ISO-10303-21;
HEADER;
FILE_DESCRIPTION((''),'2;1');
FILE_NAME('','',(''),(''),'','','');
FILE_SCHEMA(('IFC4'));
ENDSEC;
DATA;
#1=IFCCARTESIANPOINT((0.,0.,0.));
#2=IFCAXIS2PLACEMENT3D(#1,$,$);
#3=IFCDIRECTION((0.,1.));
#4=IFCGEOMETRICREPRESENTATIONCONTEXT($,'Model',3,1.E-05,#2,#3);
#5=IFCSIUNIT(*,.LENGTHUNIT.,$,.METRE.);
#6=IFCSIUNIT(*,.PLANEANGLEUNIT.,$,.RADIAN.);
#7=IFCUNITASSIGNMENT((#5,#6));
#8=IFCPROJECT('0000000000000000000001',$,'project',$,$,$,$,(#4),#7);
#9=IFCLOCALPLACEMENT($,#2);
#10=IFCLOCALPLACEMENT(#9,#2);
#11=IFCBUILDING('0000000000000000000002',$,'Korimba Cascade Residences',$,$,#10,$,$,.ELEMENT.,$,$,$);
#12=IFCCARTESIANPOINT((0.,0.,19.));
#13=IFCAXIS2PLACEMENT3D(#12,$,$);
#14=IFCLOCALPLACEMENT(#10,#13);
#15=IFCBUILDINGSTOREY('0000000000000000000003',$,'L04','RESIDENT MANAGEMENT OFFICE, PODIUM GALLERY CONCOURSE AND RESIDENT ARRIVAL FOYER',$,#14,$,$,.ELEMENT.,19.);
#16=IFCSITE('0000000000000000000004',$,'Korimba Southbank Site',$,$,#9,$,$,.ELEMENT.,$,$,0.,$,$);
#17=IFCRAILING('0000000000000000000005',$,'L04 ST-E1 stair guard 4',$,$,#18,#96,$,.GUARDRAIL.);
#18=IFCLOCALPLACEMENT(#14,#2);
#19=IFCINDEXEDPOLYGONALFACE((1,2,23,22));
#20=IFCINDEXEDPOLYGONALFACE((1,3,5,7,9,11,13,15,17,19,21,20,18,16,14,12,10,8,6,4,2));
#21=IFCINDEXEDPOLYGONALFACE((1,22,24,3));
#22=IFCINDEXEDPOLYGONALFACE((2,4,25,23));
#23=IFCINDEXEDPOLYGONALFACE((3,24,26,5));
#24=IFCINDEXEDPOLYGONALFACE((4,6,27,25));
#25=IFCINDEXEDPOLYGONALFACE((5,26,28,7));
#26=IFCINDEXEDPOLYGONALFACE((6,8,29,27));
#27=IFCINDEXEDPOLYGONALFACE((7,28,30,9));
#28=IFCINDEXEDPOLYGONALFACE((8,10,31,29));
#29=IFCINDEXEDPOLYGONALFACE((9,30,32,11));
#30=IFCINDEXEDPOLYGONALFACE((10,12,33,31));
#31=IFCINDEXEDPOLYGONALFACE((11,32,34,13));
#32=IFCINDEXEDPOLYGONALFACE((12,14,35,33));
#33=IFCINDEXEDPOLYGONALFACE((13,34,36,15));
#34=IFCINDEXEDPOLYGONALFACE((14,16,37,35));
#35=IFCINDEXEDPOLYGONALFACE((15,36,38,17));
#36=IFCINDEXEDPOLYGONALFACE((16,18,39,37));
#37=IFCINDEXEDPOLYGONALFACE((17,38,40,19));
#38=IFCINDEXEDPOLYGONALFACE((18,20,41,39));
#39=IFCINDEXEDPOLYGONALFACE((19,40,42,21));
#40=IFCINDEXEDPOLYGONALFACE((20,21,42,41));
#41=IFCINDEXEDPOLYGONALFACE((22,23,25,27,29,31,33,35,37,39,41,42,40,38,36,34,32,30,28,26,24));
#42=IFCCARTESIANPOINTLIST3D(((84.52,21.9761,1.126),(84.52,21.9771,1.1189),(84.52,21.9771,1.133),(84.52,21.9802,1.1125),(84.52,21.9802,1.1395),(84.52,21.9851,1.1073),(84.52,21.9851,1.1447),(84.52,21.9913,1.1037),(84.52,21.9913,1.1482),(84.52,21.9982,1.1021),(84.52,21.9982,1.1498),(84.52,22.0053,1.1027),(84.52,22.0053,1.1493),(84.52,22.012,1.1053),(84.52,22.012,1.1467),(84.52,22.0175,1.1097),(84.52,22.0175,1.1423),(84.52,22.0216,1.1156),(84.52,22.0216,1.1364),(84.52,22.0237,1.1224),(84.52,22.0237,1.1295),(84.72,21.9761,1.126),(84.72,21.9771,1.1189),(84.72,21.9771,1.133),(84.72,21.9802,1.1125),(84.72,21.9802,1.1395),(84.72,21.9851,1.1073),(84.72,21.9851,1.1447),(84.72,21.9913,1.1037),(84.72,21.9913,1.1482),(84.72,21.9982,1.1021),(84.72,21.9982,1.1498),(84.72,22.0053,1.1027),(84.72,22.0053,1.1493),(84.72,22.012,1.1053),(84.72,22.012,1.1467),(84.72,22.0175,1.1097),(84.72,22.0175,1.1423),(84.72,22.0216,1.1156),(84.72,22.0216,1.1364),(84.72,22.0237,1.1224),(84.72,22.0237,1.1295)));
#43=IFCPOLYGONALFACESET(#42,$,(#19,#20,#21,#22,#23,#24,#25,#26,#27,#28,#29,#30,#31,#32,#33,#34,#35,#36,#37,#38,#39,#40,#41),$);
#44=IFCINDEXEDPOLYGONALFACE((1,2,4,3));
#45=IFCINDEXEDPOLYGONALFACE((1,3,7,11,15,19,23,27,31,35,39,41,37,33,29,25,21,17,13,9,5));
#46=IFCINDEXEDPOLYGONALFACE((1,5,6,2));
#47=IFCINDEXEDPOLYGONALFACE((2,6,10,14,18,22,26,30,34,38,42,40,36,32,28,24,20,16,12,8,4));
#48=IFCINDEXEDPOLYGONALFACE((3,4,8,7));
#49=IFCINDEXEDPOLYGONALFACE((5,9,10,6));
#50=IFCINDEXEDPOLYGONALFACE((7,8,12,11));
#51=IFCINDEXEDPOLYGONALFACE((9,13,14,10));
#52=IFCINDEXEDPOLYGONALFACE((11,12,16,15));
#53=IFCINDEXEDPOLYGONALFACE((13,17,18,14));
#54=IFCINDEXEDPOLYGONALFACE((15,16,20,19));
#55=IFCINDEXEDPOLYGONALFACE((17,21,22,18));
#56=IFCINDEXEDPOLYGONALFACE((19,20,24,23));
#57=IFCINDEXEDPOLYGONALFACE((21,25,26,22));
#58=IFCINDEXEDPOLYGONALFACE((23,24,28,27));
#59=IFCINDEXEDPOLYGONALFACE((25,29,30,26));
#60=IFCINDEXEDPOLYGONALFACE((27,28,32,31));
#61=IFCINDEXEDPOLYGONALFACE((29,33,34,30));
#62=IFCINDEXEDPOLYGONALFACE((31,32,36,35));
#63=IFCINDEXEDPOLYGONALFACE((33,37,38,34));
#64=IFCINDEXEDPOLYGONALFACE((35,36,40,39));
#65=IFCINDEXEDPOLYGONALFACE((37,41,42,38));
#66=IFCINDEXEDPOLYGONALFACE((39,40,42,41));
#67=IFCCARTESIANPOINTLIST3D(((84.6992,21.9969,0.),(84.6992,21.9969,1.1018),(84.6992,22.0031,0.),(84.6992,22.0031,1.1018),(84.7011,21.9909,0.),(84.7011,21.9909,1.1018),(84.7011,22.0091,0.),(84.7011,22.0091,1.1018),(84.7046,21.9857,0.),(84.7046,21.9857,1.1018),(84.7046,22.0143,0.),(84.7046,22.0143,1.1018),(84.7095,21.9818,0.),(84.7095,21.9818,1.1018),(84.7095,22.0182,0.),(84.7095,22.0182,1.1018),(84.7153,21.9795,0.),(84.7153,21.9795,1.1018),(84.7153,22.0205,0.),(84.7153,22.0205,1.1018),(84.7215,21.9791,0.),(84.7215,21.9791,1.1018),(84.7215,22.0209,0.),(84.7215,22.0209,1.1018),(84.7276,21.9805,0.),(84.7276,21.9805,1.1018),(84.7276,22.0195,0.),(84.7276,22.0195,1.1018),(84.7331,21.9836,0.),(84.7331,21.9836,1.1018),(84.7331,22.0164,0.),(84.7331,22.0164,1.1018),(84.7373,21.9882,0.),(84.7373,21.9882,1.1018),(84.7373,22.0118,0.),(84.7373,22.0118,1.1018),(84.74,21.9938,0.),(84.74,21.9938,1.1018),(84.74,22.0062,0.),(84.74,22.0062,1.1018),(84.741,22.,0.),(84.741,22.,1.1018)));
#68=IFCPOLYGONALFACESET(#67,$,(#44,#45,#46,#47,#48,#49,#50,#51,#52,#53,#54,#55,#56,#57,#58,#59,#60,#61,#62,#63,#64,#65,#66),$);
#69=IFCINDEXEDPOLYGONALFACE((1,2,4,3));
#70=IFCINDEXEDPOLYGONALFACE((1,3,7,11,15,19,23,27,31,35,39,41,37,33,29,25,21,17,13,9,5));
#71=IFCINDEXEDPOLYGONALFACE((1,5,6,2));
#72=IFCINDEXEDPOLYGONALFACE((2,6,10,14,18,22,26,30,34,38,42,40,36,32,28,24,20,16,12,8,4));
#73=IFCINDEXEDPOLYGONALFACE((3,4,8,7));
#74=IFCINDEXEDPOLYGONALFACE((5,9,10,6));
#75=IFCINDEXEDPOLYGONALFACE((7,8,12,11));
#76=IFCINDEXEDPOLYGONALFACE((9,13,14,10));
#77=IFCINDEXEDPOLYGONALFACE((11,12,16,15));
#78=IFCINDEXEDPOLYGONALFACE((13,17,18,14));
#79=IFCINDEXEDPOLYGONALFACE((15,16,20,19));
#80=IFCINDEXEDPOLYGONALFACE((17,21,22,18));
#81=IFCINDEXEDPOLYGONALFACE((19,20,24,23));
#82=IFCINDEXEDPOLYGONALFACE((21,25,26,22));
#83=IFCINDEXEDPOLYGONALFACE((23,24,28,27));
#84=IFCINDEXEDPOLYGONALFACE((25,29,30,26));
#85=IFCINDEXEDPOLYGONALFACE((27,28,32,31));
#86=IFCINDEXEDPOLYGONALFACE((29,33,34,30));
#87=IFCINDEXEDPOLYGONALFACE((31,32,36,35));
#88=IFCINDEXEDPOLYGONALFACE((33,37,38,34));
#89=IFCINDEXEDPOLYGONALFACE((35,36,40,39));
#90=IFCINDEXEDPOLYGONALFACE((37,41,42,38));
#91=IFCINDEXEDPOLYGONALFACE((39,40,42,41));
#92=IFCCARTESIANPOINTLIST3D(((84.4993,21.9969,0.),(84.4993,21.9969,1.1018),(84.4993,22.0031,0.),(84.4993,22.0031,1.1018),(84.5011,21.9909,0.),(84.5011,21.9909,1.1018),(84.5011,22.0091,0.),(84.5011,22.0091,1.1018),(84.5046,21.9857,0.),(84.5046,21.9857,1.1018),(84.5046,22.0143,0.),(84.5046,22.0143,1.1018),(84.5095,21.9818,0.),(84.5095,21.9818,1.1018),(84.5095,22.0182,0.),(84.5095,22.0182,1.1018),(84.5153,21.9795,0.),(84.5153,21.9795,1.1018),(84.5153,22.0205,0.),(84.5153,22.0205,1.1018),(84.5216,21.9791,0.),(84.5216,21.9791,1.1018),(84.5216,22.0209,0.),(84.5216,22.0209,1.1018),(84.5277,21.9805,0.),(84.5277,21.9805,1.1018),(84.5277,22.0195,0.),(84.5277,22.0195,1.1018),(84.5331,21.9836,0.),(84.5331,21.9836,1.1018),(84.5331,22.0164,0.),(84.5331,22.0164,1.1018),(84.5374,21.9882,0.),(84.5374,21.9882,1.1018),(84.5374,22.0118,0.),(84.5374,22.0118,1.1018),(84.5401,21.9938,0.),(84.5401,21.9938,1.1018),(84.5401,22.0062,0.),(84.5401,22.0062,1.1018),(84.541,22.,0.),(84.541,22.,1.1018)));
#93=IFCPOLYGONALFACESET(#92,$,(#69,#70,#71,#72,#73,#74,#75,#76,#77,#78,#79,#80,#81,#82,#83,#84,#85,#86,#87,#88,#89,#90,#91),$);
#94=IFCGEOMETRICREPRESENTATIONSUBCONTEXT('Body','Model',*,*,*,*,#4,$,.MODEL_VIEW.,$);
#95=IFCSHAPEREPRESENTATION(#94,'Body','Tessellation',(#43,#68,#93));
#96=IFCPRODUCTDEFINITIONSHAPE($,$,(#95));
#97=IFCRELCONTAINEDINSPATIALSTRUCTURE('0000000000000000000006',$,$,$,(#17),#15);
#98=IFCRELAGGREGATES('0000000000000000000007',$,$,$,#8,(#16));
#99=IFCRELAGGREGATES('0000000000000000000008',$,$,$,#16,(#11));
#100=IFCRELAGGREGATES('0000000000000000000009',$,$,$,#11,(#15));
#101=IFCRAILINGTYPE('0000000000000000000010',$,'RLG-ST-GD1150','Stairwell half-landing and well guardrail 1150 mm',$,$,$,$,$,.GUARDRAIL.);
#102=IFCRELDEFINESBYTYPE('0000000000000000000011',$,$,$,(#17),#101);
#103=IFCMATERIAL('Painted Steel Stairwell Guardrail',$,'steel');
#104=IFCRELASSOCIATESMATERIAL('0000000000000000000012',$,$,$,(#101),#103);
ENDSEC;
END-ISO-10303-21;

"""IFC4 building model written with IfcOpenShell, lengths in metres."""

from ifc_helpers import new_model, si_unit, direction, frame, origin, origin_2d, place, context, subcontext, project, spatial, circle, extrude, material, type_object, element, save


model = new_model("IFC4")

# Units and contexts
model_context = context("Model", 3, precision=1e-05, world=origin(), true_north=direction((0.0, 1.0)))
body_context = subcontext(model_context, "Body", "Model", "MODEL_VIEW")
ifc_project = project(units=[si_unit("LENGTHUNIT", "METRE"), si_unit("PLANEANGLEUNIT", "RADIAN")], contexts=[model_context])

# Site, building, storey
site_placement = place(None, origin())
site = spatial("IfcSite", under=ifc_project, at=site_placement, Name="Korimba Southbank Site", CompositionType="ELEMENT", RefElevation=0.0)
building_placement = place(site_placement, origin())
building = spatial("IfcBuilding", under=site, at=building_placement, Name="Korimba Cascade Residences", CompositionType="ELEMENT")
storey_placement = place(building_placement, frame((0.0, 0.0, 19.0)))
storey = spatial("IfcBuildingStorey", under=building, at=storey_placement, Name="L04", Description="RESIDENT MANAGEMENT OFFICE, PODIUM GALLERY CONCOURSE AND RESIDENT ARRIVAL FOYER", CompositionType="ELEMENT", Elevation=19.0)

# Railing
ifc_material_1 = material(Name="Painted Steel Stairwell Guardrail", Category="steel")
railing_type_1 = type_object("IfcRailingType", Name="RLG-ST-GD1150", Description="Stairwell half-landing and well guardrail 1150 mm", PredefinedType="GUARDRAIL", material=ifc_material_1)
railing_1_placement = place(storey_placement, frame((84.72, 22.0, 0.0)))
element("IfcRailing", 1, at=railing_1_placement, inside=storey, type_object=railing_type_1, Name="L04 ST-E1 stair guard 4", PredefinedType="GUARDRAIL", context=body_context, shape_type="SweptSolid", body=[
    extrude(circle(Radius=0.0239, at=origin_2d()), frame((0.0, 0.0, 1.126), z_axis=(-1.0, 0.0, 0.0), x_axis=(0.0, -1.0, 0.0)), (0.0, 0.0, 1.0), 0.2),
    extrude(circle(Radius=0.021, at=origin_2d()), origin(), (0.0, 0.0, 1.0), 1.1018),
    extrude(circle(Radius=0.021, at=origin_2d()), frame((-0.2, 0.0, 0.0)), (0.0, 0.0, 1.0), 1.1018),
])

save(model, "model.ifc")
